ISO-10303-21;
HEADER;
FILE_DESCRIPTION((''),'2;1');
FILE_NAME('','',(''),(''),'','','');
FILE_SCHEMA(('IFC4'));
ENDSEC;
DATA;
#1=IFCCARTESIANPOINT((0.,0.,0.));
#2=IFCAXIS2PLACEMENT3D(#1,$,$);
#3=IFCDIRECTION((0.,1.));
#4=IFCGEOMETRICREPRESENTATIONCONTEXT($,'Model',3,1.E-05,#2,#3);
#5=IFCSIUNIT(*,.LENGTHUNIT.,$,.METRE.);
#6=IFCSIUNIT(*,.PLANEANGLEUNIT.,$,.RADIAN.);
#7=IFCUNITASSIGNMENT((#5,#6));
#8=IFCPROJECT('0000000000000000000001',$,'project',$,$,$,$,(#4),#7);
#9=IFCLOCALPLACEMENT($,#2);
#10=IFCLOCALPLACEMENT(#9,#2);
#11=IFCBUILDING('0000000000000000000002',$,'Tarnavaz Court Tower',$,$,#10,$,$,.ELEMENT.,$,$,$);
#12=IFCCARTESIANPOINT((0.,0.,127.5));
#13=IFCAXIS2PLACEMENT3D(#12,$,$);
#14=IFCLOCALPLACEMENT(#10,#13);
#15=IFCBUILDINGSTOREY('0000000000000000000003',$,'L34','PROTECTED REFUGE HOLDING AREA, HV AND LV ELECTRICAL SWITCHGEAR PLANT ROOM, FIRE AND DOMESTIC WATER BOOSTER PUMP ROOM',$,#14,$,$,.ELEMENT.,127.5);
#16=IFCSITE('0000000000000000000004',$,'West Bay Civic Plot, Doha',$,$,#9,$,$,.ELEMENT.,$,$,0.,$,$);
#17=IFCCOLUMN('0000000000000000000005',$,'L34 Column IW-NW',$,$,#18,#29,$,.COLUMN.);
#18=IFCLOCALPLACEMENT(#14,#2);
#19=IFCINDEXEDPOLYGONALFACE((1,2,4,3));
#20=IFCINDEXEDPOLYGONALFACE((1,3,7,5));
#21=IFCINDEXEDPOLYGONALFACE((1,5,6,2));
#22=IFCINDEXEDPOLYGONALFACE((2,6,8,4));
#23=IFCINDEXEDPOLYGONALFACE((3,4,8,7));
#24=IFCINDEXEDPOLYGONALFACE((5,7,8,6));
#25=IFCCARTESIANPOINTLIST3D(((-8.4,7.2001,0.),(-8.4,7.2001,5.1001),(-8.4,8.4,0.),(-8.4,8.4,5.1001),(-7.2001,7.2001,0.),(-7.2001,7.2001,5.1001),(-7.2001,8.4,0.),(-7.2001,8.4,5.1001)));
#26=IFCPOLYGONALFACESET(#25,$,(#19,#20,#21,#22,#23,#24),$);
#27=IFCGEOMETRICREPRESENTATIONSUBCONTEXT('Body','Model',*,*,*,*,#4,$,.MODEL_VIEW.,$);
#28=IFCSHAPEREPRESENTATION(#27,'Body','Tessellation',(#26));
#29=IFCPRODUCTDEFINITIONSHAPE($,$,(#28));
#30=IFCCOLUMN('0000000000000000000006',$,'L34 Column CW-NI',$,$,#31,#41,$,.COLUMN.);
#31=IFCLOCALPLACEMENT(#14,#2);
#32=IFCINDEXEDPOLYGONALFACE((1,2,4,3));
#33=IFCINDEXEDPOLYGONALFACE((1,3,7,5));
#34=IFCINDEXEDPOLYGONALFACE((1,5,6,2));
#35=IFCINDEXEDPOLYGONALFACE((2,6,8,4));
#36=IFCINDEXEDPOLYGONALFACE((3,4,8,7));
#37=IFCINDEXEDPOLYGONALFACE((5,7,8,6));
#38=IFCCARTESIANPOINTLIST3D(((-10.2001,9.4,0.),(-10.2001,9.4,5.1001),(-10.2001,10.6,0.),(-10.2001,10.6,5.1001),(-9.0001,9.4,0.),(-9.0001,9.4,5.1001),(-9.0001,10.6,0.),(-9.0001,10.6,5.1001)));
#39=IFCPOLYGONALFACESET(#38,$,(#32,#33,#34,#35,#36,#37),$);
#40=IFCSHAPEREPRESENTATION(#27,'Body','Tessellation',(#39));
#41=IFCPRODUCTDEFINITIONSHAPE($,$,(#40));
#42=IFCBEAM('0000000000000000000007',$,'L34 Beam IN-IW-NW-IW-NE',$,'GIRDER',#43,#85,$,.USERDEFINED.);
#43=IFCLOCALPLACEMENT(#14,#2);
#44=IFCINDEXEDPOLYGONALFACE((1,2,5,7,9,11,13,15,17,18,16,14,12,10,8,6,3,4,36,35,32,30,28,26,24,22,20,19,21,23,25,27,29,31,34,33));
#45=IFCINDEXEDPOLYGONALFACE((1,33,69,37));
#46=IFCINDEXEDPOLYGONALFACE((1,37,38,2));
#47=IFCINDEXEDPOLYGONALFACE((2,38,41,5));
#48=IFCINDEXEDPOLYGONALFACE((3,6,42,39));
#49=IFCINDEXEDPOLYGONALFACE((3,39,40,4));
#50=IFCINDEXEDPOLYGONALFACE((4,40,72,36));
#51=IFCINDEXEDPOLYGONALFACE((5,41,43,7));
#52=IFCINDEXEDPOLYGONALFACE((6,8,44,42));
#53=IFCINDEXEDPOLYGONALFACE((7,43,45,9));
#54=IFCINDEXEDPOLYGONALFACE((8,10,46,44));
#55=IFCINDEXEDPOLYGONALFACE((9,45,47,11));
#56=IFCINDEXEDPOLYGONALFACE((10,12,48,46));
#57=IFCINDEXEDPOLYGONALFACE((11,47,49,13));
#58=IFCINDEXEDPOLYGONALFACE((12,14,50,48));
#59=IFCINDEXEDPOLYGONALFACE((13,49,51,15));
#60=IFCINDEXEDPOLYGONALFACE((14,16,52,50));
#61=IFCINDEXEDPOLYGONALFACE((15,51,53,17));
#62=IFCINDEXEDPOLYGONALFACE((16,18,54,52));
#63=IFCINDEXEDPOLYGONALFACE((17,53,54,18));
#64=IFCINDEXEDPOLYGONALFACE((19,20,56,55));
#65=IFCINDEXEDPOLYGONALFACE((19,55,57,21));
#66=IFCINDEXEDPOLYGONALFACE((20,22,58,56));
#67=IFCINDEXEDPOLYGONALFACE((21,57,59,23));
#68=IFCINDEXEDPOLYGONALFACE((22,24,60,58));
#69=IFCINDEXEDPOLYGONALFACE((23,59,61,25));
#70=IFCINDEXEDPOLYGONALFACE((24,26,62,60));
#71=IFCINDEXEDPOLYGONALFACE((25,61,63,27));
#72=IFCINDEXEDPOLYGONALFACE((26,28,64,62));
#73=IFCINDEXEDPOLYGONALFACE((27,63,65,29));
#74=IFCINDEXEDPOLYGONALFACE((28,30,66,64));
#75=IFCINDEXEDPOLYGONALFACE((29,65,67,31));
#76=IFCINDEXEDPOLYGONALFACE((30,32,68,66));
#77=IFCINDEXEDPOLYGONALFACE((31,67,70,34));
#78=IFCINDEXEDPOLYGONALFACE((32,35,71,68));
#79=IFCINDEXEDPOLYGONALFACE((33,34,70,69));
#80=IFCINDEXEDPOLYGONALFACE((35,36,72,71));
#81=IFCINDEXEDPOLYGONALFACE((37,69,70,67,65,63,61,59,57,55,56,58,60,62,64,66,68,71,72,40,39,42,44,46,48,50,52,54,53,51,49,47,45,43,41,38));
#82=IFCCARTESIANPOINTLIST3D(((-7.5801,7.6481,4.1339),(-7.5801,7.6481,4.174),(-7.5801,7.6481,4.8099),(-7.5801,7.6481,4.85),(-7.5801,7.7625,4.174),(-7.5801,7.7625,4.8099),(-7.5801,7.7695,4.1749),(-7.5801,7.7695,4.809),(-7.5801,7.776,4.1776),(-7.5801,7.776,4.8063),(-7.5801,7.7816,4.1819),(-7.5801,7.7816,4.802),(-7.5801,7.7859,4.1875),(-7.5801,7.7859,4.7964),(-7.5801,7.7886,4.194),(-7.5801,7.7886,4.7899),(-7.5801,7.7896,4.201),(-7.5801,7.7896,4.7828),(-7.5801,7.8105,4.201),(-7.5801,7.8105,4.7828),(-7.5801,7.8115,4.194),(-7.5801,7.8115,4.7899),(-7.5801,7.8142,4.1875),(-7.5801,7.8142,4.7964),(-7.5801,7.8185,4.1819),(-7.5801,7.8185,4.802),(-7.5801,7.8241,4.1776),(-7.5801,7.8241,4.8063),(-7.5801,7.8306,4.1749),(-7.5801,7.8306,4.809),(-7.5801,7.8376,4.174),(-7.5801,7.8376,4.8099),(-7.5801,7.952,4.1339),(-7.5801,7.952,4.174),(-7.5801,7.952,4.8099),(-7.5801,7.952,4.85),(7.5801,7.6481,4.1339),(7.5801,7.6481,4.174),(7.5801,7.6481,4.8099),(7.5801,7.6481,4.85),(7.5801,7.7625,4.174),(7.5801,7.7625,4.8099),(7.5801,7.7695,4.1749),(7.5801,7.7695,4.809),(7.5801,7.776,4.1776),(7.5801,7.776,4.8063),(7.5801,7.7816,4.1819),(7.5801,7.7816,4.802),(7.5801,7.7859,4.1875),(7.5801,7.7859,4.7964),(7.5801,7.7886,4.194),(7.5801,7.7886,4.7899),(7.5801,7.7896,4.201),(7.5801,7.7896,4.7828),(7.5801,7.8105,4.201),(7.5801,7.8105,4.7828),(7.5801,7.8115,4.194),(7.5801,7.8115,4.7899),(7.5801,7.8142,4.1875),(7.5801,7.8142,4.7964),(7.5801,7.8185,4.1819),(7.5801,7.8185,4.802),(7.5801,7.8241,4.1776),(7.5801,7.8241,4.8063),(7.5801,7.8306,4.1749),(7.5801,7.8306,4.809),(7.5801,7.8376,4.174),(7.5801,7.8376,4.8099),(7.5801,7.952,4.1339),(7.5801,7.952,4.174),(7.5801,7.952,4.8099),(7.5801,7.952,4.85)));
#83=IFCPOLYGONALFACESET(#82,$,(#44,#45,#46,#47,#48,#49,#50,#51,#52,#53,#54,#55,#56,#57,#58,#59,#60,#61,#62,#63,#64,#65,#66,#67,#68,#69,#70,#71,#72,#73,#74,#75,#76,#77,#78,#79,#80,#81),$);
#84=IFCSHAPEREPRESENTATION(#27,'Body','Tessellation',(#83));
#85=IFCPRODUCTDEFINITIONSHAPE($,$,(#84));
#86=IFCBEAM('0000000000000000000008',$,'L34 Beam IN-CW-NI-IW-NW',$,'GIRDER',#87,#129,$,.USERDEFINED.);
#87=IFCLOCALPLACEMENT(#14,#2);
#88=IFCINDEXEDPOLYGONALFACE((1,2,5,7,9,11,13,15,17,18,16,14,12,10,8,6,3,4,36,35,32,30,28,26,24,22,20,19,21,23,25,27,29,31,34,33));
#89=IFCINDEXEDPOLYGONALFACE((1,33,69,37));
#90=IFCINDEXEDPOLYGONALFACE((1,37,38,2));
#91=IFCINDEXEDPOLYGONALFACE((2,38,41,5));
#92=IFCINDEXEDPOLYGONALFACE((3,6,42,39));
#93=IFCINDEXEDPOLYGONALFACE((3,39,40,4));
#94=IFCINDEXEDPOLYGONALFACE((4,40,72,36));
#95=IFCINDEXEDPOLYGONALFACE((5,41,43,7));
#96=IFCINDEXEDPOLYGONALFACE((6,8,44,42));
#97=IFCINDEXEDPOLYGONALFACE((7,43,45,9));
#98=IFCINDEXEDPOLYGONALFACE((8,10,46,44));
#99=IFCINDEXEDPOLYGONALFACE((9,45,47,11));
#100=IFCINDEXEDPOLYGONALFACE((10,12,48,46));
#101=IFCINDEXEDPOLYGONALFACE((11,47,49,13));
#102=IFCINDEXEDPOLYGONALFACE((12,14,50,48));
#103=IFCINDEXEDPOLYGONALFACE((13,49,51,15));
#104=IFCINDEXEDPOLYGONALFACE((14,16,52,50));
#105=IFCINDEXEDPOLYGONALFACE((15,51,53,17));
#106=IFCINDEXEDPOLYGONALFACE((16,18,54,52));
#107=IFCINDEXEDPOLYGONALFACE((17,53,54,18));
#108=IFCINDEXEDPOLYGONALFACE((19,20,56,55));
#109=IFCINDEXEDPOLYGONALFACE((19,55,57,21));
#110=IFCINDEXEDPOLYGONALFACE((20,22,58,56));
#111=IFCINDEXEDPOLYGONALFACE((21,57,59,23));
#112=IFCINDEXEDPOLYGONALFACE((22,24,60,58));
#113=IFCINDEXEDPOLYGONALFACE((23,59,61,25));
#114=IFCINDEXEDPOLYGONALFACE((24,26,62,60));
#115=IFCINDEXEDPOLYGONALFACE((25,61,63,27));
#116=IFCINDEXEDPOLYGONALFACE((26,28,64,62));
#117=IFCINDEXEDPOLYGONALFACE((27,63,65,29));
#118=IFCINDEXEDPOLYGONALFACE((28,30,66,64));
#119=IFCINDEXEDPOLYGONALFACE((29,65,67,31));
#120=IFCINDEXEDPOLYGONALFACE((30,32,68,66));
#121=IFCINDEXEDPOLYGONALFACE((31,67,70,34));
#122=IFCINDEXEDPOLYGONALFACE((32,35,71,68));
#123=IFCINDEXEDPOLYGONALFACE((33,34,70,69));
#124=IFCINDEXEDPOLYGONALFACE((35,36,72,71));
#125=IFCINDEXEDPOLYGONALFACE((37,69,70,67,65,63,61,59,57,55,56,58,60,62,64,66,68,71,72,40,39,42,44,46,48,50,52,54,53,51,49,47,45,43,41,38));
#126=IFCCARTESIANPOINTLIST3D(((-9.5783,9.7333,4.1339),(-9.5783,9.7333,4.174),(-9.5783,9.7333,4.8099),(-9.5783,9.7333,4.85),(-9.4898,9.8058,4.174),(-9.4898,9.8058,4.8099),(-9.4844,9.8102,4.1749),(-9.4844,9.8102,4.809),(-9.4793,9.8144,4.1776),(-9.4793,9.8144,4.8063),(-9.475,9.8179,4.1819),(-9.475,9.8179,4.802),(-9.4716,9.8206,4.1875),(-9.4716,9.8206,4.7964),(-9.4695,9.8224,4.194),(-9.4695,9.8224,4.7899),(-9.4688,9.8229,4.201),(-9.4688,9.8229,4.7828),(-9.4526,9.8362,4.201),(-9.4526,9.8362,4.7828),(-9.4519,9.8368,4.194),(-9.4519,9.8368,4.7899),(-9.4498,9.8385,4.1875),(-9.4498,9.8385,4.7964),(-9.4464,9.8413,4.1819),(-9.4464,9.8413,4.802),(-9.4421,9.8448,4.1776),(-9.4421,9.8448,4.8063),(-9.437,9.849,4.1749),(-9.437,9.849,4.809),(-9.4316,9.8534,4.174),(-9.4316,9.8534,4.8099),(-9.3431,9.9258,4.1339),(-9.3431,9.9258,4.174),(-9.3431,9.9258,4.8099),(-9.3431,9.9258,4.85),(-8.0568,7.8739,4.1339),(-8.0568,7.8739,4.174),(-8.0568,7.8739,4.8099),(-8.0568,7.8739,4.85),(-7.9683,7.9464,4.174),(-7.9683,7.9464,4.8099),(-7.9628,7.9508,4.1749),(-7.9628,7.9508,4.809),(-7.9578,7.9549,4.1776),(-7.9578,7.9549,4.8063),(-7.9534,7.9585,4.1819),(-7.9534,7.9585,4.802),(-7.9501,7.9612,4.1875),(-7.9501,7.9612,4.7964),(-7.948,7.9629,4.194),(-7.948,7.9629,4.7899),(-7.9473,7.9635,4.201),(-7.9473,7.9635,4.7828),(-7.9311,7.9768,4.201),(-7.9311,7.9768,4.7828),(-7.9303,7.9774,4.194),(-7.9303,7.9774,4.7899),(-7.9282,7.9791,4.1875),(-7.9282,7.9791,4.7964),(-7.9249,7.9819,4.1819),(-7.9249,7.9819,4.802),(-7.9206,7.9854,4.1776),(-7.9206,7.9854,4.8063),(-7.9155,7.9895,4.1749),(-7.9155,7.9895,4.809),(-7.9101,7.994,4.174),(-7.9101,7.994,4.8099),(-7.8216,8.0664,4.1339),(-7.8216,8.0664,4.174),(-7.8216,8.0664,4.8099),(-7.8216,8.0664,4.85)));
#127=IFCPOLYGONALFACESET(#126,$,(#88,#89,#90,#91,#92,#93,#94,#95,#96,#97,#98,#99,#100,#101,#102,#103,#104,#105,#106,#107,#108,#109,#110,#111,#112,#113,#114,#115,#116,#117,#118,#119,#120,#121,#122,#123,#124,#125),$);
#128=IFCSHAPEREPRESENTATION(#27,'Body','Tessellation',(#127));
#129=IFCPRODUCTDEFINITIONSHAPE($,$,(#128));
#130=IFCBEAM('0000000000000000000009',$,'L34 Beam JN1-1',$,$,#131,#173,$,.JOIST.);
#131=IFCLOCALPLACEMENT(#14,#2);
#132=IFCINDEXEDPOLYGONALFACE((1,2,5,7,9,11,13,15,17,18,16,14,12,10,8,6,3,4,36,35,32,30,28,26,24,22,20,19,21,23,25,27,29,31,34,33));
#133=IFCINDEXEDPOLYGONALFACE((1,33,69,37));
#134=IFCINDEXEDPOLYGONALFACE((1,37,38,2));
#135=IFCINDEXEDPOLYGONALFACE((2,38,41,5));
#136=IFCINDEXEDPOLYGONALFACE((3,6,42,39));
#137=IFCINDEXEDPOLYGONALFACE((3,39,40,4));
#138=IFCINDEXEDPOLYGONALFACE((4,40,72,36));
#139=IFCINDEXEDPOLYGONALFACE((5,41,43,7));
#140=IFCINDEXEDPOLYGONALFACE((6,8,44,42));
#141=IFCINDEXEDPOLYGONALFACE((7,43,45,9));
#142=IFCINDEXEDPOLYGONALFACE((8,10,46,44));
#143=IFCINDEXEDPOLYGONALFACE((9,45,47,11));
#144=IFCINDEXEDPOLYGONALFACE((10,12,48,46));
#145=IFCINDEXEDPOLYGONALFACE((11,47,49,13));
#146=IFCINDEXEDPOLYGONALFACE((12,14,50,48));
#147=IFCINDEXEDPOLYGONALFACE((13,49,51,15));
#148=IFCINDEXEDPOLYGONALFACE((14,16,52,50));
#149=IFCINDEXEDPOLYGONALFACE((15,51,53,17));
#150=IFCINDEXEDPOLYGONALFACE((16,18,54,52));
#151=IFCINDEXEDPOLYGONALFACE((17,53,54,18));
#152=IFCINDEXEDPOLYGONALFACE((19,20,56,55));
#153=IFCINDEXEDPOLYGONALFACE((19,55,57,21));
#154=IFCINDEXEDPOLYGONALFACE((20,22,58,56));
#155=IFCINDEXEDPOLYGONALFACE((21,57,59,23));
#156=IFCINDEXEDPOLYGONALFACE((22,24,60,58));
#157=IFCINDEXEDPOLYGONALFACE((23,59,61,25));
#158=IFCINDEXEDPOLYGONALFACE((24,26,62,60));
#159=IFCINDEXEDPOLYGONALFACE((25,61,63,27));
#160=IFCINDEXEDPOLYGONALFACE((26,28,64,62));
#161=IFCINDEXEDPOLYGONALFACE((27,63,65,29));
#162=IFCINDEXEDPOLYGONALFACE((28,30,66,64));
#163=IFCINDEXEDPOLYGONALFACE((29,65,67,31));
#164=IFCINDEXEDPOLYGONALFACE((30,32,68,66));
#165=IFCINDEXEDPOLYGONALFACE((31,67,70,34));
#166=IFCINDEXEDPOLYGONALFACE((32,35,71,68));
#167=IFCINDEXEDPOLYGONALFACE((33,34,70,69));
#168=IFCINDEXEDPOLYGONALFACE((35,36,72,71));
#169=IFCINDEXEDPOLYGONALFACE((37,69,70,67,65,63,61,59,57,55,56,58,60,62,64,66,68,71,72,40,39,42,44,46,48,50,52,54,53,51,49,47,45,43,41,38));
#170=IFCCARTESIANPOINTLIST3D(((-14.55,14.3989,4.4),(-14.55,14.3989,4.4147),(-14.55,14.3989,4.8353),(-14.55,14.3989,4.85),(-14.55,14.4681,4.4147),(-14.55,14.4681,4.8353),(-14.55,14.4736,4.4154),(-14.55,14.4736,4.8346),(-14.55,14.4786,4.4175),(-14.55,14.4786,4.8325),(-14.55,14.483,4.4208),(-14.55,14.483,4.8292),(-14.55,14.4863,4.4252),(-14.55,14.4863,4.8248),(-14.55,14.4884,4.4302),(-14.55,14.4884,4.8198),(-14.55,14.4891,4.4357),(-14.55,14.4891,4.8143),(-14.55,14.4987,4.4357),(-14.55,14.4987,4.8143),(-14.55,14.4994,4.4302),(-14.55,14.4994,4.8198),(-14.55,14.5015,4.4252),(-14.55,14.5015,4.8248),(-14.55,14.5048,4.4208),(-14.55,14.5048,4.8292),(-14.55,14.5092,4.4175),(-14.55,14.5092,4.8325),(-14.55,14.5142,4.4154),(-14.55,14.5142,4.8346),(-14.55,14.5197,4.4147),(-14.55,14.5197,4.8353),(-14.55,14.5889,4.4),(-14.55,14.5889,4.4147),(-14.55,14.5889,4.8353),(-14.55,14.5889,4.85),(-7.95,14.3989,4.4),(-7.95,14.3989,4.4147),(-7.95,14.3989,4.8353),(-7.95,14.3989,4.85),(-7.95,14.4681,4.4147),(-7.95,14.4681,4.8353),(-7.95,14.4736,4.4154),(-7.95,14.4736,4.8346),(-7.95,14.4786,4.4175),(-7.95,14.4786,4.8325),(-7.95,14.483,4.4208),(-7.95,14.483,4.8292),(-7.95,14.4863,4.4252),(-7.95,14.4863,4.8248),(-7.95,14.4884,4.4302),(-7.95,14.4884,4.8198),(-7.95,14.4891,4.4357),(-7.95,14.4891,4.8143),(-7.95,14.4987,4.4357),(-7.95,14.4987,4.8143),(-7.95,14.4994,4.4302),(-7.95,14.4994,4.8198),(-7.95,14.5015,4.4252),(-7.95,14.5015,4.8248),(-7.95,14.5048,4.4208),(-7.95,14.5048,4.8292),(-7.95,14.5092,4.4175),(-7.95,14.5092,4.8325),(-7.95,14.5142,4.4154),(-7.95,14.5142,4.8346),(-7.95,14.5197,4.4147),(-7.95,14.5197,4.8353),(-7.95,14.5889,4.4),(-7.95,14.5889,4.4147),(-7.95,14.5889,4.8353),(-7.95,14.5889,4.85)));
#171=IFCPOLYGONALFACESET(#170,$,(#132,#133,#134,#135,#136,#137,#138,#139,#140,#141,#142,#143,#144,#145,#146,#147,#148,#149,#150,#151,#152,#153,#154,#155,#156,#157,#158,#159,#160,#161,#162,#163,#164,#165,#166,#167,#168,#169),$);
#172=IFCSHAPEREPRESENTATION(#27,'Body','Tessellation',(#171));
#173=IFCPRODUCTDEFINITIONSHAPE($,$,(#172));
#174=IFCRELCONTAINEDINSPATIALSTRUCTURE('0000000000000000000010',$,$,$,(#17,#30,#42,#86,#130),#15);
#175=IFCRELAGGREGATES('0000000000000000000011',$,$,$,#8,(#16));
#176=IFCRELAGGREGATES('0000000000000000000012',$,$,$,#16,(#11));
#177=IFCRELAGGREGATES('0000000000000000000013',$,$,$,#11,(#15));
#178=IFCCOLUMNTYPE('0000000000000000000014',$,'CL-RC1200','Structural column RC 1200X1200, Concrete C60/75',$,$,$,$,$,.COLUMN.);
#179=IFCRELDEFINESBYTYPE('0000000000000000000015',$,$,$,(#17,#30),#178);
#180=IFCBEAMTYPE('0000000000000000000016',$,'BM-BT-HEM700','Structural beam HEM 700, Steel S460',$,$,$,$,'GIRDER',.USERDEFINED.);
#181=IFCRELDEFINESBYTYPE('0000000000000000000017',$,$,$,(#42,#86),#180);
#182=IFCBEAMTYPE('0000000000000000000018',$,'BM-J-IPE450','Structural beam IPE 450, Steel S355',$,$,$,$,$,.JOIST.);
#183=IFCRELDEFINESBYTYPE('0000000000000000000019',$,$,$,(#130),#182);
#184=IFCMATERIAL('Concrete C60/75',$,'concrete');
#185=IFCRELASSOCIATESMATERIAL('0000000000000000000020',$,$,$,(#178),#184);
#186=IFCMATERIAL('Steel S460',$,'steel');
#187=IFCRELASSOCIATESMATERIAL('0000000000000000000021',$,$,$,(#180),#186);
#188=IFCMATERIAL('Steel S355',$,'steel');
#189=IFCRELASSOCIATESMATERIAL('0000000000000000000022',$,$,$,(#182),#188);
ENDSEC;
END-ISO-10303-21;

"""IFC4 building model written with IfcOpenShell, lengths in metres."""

from ifc_helpers import new_model, si_unit, direction, frame, origin, origin_2d, place, context, subcontext, project, spatial, rectangle, i_section, extrude, material, material_profile, profile_set, type_object, element, save


model = new_model("IFC4")

# Units and contexts
model_context = context("Model", 3, precision=1e-05, world=origin(), true_north=direction((0.0, 1.0)))
body_context = subcontext(model_context, "Body", "Model", "MODEL_VIEW")
ifc_project = project(units=[si_unit("LENGTHUNIT", "METRE"), si_unit("PLANEANGLEUNIT", "RADIAN")], contexts=[model_context])

# Site, building, storey
site_placement = place(None, origin())
site = spatial("IfcSite", under=ifc_project, at=site_placement, Name="West Bay Civic Plot, Doha", CompositionType="ELEMENT", RefElevation=0.0)
building_placement = place(site_placement, origin())
building = spatial("IfcBuilding", under=site, at=building_placement, Name="Tarnavaz Court Tower", CompositionType="ELEMENT")
storey_placement = place(building_placement, frame((0.0, 0.0, 127.5)))
storey = spatial("IfcBuildingStorey", under=building, at=storey_placement, Name="L34", Description="PROTECTED REFUGE HOLDING AREA, HV AND LV ELECTRICAL SWITCHGEAR PLANT ROOM, FIRE AND DOMESTIC WATER BOOSTER PUMP ROOM", CompositionType="ELEMENT", Elevation=127.5)

# Columns
ifc_material_1 = material(Name="Concrete C60/75", Category="concrete")
ifc_material_profile_1 = material_profile(ifc_material_1, rectangle(XDim=1.2, YDim=1.2, at=origin_2d()), Name="RC 1200X1200")
ifc_profile_set_1 = profile_set([ifc_material_profile_1], Name="Concrete C60/75")
column_type = type_object("IfcColumnType", Name="CL-RC1200", Description="Structural column RC 1200X1200, Concrete C60/75", PredefinedType="COLUMN", material=ifc_profile_set_1)
for number, where, z_axis, x_axis, name in (
    (1, (-7.8, 7.8, 0.0), (0.0, 0.0, 1.0), (1.0, 0.0, 0.0), "L34 Column IW-NW"),
    (2, (-9.6001, 10.0, 0.0), (0.0, 0.0, 1.0), (1.0, 0.0, 0.0), "L34 Column CW-NI"),
):
    element("IfcColumn", number, at=place(storey_placement, frame(where, z_axis=z_axis, x_axis=x_axis)), inside=storey, type_object=column_type, Name=name, PredefinedType="COLUMN", context=body_context, shape_type="SweptSolid", body=[
        extrude(rectangle(XDim=1.2, YDim=1.2, at=origin_2d()), origin(), (0.0, 0.0, 1.0), 5.1001),
    ])

# Beams
ifc_material_2 = material(Name="Steel S460", Category="steel")
ifc_material_profile_2 = material_profile(ifc_material_2, i_section(OverallWidth=0.304, OverallDepth=0.7161, WebThickness=0.021, FlangeThickness=0.04, FilletRadius=0.0271, at=origin_2d()), Name="HEM 700")
ifc_profile_set_2 = profile_set([ifc_material_profile_2], Name="Steel S460")
beam_type_1 = type_object("IfcBeamType", Name="BM-BT-HEM700", Description="Structural beam HEM 700, Steel S460", ElementType="GIRDER", PredefinedType="USERDEFINED", material=ifc_profile_set_2)
beam_1_placement = place(storey_placement, frame((-7.5801, 7.8, 4.4919), z_axis=(1.0, 0.0, 0.0), x_axis=(0.0, 1.0, 0.0)))
element("IfcBeam", 3, at=beam_1_placement, inside=storey, type_object=beam_type_1, Name="L34 Beam IN-IW-NW-IW-NE", ObjectType="GIRDER", PredefinedType="USERDEFINED", context=body_context, shape_type="SweptSolid", body=[
    extrude(i_section(OverallWidth=0.304, OverallDepth=0.7161, WebThickness=0.021, FlangeThickness=0.04, FilletRadius=0.0271, at=origin_2d()), origin(), (0.0, 0.0, 1.0), 15.1602),
])
beam_2_placement = place(storey_placement, frame((-9.4607, 9.8296, 4.4919), z_axis=(0.633282, -0.773921, 0.0), x_axis=(0.773921, 0.633282, 0.0)))
element("IfcBeam", 4, at=beam_2_placement, inside=storey, type_object=beam_type_1, Name="L34 Beam IN-CW-NI-IW-NW", ObjectType="GIRDER", PredefinedType="USERDEFINED", context=body_context, shape_type="SweptSolid", body=[
    extrude(i_section(OverallWidth=0.304, OverallDepth=0.7161, WebThickness=0.021, FlangeThickness=0.04, FilletRadius=0.0271, at=origin_2d()), origin(), (0.0, 0.0, 1.0), 2.4026),
])
ifc_material_3 = material(Name="Steel S355", Category="steel")
ifc_material_profile_3 = material_profile(ifc_material_3, i_section(OverallWidth=0.1899, OverallDepth=0.45, WebThickness=0.0095, FlangeThickness=0.0146, FilletRadius=0.021, at=origin_2d()), Name="IPE 450")
ifc_profile_set_3 = profile_set([ifc_material_profile_3], Name="Steel S355")
beam_type_2 = type_object("IfcBeamType", Name="BM-J-IPE450", Description="Structural beam IPE 450, Steel S355", PredefinedType="JOIST", material=ifc_profile_set_3)
beam_3_placement = place(storey_placement, frame((-14.55, 14.4939, 4.625), z_axis=(1.0, 0.0, 0.0), x_axis=(0.0, 1.0, 0.0)))
element("IfcBeam", 5, at=beam_3_placement, inside=storey, type_object=beam_type_2, Name="L34 Beam JN1-1", PredefinedType="JOIST", context=body_context, shape_type="SweptSolid", body=[
    extrude(i_section(OverallWidth=0.1899, OverallDepth=0.45, WebThickness=0.0095, FlangeThickness=0.0146, FilletRadius=0.021, at=origin_2d()), origin(), (0.0, 0.0, 1.0), 6.6001),
])

save(model, "model.ifc")
